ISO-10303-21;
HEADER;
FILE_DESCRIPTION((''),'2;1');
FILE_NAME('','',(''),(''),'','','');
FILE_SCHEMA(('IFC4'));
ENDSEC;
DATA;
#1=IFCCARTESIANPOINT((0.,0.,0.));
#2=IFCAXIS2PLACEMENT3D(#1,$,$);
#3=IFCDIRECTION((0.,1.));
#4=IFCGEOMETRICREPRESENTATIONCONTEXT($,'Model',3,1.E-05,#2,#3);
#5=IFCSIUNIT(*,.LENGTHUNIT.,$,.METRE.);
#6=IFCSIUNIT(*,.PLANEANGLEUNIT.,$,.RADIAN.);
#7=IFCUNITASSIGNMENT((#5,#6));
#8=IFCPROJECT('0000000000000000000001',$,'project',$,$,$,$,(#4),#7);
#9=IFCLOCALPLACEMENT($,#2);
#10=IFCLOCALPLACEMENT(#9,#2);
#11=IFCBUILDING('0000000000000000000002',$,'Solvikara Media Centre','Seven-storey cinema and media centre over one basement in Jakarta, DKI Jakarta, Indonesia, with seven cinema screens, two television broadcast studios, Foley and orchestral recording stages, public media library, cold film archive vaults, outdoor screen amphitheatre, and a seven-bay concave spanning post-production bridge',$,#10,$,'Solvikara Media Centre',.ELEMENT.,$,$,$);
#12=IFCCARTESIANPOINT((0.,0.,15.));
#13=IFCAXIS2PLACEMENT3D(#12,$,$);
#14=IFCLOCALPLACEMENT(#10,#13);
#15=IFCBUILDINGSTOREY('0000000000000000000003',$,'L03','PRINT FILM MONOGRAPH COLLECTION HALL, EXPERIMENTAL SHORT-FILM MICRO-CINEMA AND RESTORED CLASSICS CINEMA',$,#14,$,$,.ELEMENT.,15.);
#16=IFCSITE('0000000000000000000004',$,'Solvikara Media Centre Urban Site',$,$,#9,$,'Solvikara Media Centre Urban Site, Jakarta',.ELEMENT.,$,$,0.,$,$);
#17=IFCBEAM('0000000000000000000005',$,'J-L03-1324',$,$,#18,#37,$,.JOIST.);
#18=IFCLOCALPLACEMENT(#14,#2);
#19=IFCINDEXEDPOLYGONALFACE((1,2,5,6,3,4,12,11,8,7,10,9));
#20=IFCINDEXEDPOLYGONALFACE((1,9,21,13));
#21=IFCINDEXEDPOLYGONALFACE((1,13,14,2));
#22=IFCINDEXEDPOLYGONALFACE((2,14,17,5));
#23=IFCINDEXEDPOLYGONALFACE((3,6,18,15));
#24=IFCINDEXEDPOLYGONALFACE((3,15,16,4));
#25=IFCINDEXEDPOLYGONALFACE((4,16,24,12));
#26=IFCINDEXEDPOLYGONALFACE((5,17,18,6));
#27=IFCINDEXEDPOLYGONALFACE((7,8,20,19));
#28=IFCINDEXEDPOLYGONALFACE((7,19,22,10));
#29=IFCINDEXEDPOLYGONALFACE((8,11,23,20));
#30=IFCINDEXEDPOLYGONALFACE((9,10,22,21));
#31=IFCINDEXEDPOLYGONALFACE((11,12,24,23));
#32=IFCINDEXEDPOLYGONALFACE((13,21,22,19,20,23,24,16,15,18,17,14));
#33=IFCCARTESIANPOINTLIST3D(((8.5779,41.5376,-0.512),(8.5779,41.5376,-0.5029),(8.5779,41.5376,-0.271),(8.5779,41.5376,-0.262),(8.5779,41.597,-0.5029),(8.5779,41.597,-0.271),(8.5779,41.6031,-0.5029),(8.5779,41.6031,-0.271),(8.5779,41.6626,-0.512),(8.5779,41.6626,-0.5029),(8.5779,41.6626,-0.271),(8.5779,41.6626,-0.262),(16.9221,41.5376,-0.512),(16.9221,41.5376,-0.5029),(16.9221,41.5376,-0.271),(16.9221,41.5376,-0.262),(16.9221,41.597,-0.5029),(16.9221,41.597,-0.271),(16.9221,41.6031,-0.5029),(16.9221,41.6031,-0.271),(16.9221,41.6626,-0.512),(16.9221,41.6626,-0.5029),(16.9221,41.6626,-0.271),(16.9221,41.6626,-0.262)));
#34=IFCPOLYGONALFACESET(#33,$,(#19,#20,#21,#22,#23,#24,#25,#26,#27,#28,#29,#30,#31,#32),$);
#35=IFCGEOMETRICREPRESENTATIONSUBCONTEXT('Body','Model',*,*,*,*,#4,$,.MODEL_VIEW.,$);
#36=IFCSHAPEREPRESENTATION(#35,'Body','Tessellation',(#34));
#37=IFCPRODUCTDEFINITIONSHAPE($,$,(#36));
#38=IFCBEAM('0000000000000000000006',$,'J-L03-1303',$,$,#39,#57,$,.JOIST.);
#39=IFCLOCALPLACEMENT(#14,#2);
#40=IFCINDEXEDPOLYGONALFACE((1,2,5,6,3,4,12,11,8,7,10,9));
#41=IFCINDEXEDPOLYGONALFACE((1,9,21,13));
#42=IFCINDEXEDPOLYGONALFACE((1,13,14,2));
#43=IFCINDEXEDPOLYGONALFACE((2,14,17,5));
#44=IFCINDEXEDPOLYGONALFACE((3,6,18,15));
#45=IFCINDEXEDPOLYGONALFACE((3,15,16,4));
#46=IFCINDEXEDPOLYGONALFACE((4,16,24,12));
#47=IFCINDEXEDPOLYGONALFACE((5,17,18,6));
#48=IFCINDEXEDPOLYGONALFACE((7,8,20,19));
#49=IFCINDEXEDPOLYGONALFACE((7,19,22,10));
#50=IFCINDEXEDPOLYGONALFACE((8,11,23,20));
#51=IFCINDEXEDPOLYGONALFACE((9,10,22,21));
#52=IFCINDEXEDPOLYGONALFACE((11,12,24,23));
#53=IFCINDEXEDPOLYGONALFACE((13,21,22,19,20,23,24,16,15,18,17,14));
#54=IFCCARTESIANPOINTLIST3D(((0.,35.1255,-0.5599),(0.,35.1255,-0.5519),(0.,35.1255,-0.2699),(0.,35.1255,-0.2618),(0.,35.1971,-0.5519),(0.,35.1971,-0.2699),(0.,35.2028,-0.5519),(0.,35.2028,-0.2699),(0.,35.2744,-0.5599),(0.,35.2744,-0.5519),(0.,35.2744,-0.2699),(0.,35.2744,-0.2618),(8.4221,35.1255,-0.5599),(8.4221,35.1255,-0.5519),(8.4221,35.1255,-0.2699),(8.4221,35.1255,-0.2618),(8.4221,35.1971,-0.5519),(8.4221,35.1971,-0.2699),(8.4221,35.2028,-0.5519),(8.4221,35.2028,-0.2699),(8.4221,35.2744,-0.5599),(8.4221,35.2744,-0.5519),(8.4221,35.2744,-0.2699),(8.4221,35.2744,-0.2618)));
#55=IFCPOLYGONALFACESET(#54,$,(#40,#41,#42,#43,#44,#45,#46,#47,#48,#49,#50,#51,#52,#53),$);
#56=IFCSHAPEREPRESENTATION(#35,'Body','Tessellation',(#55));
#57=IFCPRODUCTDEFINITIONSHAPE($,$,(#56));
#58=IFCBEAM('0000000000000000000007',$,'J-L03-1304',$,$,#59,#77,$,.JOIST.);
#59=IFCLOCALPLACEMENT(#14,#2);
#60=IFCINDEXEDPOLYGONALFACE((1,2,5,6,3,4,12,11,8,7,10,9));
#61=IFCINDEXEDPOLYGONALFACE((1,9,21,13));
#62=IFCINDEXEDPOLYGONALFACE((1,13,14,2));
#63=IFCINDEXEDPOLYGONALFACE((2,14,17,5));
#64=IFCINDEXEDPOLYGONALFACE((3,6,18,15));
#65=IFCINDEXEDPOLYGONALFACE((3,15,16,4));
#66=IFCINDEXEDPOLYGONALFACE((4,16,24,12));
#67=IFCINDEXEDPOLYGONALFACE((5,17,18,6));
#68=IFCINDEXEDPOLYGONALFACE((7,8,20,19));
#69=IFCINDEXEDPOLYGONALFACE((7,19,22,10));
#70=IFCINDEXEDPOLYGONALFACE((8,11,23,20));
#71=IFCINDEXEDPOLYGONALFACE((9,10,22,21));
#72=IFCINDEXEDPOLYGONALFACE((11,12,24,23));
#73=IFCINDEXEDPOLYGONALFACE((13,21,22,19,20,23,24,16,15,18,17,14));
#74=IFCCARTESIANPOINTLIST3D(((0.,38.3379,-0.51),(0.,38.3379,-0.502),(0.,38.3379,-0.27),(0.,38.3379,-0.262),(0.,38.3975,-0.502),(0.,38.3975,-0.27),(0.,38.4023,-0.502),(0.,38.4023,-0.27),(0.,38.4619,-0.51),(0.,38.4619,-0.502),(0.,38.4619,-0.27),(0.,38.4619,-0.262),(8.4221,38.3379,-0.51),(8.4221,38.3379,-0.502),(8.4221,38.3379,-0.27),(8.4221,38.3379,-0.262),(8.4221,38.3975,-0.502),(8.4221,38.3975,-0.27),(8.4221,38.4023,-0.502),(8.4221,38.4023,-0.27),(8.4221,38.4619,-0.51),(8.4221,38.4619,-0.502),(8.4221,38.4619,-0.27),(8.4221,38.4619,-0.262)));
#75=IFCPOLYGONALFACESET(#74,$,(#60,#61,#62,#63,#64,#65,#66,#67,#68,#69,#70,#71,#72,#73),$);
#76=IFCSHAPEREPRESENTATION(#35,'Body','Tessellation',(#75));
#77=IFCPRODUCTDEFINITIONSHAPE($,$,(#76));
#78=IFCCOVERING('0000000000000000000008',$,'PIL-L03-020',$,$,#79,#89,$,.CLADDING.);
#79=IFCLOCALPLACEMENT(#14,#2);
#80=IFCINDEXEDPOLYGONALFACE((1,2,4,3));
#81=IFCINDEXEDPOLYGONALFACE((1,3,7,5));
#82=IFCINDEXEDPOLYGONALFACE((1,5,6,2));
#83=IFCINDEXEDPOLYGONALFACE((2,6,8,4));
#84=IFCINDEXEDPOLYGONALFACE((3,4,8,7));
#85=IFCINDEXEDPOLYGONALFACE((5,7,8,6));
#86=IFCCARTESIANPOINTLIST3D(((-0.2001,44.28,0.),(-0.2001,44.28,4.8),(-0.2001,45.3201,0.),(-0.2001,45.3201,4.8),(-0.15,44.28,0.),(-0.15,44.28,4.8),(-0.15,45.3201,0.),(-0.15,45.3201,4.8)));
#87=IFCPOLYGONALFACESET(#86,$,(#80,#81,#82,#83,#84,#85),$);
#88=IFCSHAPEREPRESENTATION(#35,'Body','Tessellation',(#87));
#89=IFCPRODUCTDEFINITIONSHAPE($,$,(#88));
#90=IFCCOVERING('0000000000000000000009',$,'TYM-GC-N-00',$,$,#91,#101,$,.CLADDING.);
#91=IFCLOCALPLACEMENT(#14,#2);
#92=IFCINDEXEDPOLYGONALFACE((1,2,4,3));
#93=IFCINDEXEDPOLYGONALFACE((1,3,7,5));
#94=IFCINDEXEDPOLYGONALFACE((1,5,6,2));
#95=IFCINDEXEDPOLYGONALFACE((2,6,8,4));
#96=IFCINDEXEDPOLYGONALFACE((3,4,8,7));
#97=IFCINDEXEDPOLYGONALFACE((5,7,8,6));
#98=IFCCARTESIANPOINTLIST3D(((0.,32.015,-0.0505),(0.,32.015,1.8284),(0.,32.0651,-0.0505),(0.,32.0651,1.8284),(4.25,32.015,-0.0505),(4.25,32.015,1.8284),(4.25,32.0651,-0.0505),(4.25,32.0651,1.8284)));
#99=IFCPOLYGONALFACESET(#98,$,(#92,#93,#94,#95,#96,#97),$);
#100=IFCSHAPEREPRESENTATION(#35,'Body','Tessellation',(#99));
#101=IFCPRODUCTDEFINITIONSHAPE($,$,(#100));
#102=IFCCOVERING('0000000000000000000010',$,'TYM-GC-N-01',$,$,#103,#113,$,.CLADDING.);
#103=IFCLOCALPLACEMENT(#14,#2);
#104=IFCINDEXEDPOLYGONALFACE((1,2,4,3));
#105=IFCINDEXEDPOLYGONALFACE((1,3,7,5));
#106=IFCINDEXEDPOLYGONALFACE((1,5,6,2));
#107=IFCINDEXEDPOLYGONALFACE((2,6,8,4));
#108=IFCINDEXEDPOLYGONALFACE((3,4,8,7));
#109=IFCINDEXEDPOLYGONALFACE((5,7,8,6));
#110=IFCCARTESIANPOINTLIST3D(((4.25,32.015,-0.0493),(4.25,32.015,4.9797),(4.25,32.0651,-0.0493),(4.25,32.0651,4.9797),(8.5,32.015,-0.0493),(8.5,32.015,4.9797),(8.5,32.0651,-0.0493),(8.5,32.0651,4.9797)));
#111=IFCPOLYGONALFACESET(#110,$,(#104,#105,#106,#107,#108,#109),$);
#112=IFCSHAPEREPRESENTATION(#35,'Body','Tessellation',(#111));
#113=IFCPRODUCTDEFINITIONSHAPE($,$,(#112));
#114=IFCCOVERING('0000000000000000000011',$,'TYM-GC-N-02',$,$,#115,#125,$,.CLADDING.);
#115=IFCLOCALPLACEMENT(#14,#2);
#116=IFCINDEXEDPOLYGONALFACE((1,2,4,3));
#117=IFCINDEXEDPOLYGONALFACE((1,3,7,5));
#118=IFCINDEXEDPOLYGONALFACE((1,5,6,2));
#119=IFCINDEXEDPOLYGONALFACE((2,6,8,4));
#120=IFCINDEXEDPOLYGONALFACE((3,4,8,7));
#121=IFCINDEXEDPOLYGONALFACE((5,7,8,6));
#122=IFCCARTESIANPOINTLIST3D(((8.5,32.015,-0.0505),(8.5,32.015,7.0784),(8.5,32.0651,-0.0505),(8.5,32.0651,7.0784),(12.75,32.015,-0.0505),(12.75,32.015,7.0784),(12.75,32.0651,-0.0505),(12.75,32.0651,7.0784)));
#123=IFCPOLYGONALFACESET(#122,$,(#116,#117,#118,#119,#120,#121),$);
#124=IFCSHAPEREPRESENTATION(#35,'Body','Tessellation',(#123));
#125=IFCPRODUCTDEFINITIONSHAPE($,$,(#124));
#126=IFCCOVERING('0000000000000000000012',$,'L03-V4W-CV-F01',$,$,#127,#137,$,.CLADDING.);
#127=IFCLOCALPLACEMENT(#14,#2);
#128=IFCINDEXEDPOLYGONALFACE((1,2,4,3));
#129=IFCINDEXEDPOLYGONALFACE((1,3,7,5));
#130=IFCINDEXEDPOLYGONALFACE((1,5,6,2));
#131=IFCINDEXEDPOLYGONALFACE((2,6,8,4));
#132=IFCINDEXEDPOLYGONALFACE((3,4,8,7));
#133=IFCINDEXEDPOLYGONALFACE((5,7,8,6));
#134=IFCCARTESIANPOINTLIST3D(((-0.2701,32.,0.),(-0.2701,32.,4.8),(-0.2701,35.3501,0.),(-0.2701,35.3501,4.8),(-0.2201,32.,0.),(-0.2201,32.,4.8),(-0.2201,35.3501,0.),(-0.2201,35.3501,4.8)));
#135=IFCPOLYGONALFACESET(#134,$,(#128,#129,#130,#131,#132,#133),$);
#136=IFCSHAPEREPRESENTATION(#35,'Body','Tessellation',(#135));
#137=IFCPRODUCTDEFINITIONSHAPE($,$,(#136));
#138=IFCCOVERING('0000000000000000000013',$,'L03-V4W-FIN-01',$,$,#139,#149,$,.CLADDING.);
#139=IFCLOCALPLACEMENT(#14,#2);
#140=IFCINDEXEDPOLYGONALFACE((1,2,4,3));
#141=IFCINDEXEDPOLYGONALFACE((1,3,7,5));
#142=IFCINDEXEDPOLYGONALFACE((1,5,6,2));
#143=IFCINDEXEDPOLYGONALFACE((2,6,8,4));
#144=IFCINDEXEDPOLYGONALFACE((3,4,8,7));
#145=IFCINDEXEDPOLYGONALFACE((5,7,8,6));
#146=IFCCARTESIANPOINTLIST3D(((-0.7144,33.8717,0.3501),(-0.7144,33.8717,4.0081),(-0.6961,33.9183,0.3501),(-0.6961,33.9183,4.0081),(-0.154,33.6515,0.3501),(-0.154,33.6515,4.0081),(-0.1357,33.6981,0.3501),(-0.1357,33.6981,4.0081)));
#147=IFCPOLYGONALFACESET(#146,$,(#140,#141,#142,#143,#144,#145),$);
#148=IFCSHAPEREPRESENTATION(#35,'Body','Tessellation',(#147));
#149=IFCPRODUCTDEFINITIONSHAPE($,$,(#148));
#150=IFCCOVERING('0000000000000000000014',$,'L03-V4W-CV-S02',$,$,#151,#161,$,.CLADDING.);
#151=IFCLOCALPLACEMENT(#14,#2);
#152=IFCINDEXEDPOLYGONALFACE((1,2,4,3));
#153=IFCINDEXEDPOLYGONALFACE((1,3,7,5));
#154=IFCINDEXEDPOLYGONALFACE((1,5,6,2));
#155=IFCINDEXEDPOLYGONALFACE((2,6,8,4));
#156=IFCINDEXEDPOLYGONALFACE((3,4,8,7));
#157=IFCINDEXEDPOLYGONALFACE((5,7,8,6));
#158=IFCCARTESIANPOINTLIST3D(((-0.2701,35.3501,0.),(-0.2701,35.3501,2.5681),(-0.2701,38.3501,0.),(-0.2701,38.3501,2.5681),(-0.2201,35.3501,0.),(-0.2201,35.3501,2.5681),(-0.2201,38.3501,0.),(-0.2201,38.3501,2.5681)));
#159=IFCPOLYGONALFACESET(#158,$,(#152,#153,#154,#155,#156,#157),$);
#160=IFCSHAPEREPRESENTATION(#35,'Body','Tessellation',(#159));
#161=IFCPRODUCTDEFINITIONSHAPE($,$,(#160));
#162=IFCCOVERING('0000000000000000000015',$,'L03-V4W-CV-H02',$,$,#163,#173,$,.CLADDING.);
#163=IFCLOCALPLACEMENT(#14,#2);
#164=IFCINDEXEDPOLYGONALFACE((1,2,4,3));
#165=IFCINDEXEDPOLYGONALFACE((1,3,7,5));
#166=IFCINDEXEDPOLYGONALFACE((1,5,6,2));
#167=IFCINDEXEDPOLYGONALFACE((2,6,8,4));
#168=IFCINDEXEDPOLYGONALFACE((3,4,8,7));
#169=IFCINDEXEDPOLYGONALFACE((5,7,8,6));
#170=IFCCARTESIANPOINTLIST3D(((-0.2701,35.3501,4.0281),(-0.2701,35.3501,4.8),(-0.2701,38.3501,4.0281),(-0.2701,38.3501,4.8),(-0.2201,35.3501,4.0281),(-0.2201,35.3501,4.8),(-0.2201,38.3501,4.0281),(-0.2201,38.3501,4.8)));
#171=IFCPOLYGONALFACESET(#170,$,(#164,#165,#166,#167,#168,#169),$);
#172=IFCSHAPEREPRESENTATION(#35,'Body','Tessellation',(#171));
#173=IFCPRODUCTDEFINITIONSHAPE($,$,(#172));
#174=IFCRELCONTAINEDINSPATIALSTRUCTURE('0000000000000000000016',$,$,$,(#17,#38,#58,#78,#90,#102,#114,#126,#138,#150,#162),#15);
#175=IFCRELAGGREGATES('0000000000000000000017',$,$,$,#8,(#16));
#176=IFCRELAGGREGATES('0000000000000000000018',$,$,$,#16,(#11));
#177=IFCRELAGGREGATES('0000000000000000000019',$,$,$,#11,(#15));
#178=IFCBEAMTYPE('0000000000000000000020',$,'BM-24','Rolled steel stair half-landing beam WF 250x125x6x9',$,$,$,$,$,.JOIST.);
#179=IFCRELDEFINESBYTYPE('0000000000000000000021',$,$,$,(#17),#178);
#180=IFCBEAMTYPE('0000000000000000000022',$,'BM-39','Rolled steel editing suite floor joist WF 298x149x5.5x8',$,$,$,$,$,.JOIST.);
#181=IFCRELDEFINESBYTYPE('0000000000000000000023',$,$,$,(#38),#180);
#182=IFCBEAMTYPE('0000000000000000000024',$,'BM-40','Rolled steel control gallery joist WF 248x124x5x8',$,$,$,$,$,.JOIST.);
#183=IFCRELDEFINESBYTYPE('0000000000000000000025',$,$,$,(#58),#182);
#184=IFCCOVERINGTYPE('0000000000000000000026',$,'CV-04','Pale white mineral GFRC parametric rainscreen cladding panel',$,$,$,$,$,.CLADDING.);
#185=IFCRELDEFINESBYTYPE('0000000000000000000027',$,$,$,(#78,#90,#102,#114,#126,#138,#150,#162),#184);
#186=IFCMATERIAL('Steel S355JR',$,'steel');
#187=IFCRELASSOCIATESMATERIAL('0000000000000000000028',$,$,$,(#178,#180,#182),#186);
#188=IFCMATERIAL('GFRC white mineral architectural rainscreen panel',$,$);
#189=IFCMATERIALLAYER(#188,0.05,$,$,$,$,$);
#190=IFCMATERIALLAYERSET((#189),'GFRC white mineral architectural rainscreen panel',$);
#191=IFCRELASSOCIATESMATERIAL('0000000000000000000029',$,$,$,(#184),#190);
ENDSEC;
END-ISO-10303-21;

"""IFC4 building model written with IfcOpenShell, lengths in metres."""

from ifc_helpers import new_model, si_unit, direction, frame, origin, origin_2d, place, context, subcontext, project, spatial, rectangle, i_section, extrude, material, layer, layer_set, material_profile, profile_set, type_object, element, save


model = new_model("IFC4")

# Units and contexts
model_context = context("Model", 3, precision=1e-05, world=origin(), true_north=direction((0.0, 1.0)))
body_context = subcontext(model_context, "Body", "Model", "MODEL_VIEW")
ifc_project = project(units=[si_unit("LENGTHUNIT", "METRE"), si_unit("PLANEANGLEUNIT", "RADIAN")], contexts=[model_context])

# Site, building, storey
site_placement = place(None, origin())
site = spatial("IfcSite", under=ifc_project, at=site_placement, Name="Solvikara Media Centre Urban Site", LongName="Solvikara Media Centre Urban Site, Jakarta", CompositionType="ELEMENT", RefElevation=0.0)
building_placement = place(site_placement, origin())
building = spatial("IfcBuilding", under=site, at=building_placement, Name="Solvikara Media Centre", Description="Seven-storey cinema and media centre over one basement in Jakarta, DKI Jakarta, Indonesia, with seven cinema screens, two television broadcast studios, Foley and orchestral recording stages, public media library, cold film archive vaults, outdoor screen amphitheatre, and a seven-bay concave spanning post-production bridge", LongName="Solvikara Media Centre", CompositionType="ELEMENT")
storey_placement = place(building_placement, frame((0.0, 0.0, 15.0)))
storey = spatial("IfcBuildingStorey", under=building, at=storey_placement, Name="L03", Description="PRINT FILM MONOGRAPH COLLECTION HALL, EXPERIMENTAL SHORT-FILM MICRO-CINEMA AND RESTORED CLASSICS CINEMA", CompositionType="ELEMENT", Elevation=15.0)

# Shared definitions
ifc_material_1 = material(Name="Steel S355JR", Category="steel")

# Beams
ifc_material_profile_1 = material_profile(ifc_material_1, i_section(OverallWidth=0.125, OverallDepth=0.25, WebThickness=0.0061, FlangeThickness=0.009, at=origin_2d()), Name="WF 250x125x6x9")
ifc_profile_set_1 = profile_set([ifc_material_profile_1], Name="Steel S355JR")
beam_type_1 = type_object("IfcBeamType", Name="BM-24", Description="Rolled steel stair half-landing beam WF 250x125x6x9", PredefinedType="JOIST", material=ifc_profile_set_1)
beam_1_placement = place(storey_placement, frame((8.5779, 41.6001, -0.387), z_axis=(1.0, 0.0, 0.0), x_axis=(0.0, 1.0, 0.0)))
element("IfcBeam", 1, at=beam_1_placement, inside=storey, type_object=beam_type_1, Name="J-L03-1324", PredefinedType="JOIST", context=body_context, shape_type="SweptSolid", body=[
    extrude(i_section(OverallWidth=0.125, OverallDepth=0.25, WebThickness=0.0061, FlangeThickness=0.009, at=origin_2d()), origin(), (0.0, 0.0, 1.0), 8.3442),
])
ifc_material_profile_2 = material_profile(ifc_material_1, i_section(OverallWidth=0.1489, OverallDepth=0.2981, WebThickness=0.0056, FlangeThickness=0.0081, at=origin_2d()), Name="WF 298x149x5.5x8")
ifc_profile_set_2 = profile_set([ifc_material_profile_2], Name="Steel S355JR")
beam_type_2 = type_object("IfcBeamType", Name="BM-39", Description="Rolled steel editing suite floor joist WF 298x149x5.5x8", PredefinedType="JOIST", material=ifc_profile_set_2)
beam_2_placement = place(storey_placement, frame((0.0, 35.2, -0.4109), z_axis=(1.0, 0.0, 0.0), x_axis=(0.0, 1.0, 0.0)))
element("IfcBeam", 2, at=beam_2_placement, inside=storey, type_object=beam_type_2, Name="J-L03-1303", PredefinedType="JOIST", context=body_context, shape_type="SweptSolid", body=[
    extrude(i_section(OverallWidth=0.1489, OverallDepth=0.2981, WebThickness=0.0056, FlangeThickness=0.0081, at=origin_2d()), origin(), (0.0, 0.0, 1.0), 8.4221),
])
ifc_material_profile_3 = material_profile(ifc_material_1, i_section(OverallWidth=0.124, OverallDepth=0.248, WebThickness=0.0049, FlangeThickness=0.0081, at=origin_2d()), Name="WF 248x124x5x8")
ifc_profile_set_3 = profile_set([ifc_material_profile_3], Name="Steel S355JR")
beam_type_3 = type_object("IfcBeamType", Name="BM-40", Description="Rolled steel control gallery joist WF 248x124x5x8", PredefinedType="JOIST", material=ifc_profile_set_3)
beam_3_placement = place(storey_placement, frame((0.0, 38.3999, -0.386), z_axis=(1.0, 0.0, 0.0), x_axis=(0.0, 1.0, 0.0)))
element("IfcBeam", 3, at=beam_3_placement, inside=storey, type_object=beam_type_3, Name="J-L03-1304", PredefinedType="JOIST", context=body_context, shape_type="SweptSolid", body=[
    extrude(i_section(OverallWidth=0.124, OverallDepth=0.248, WebThickness=0.0049, FlangeThickness=0.0081, at=origin_2d()), origin(), (0.0, 0.0, 1.0), 8.4221),
])

# Coverings
ifc_material_2 = material(Name="GFRC white mineral architectural rainscreen panel")
ifc_layer = layer(ifc_material_2, 0.05)
ifc_layer_set = layer_set([ifc_layer], Name="GFRC white mineral architectural rainscreen panel")
covering_type = type_object("IfcCoveringType", Name="CV-04", Description="Pale white mineral GFRC parametric rainscreen cladding panel", PredefinedType="CLADDING", material=ifc_layer_set)
covering_1_placement = place(storey_placement, frame((-0.175, 44.8, 0.0), z_axis=(0.0, 0.0, 1.0), x_axis=(0.0, -1.0, 0.0)))
element("IfcCovering", 4, at=covering_1_placement, inside=storey, type_object=covering_type, Name="PIL-L03-020", PredefinedType="CLADDING", context=body_context, shape_type="SweptSolid", body=[
    extrude(rectangle(XDim=1.04, YDim=0.05, at=origin_2d()), origin(), (0.0, 0.0, 1.0), 4.8),
])
covering_2_placement = place(storey_placement, frame((2.125, 32.04, -0.0505), z_axis=(0.0, 0.0, 1.0), x_axis=(1.0, 0.0, 0.0)))
element("IfcCovering", 5, at=covering_2_placement, inside=storey, type_object=covering_type, Name="TYM-GC-N-00", PredefinedType="CLADDING", context=body_context, shape_type="SweptSolid", body=[
    extrude(rectangle(XDim=4.25, YDim=0.05, at=origin_2d()), origin(), (0.0, 0.0, 1.0), 1.8789),
])
covering_3_placement = place(storey_placement, frame((6.375, 32.04, -0.0493), z_axis=(0.0, 0.0, 1.0), x_axis=(1.0, 0.0, 0.0)))
element("IfcCovering", 6, at=covering_3_placement, inside=storey, type_object=covering_type, Name="TYM-GC-N-01", PredefinedType="CLADDING", context=body_context, shape_type="SweptSolid", body=[
    extrude(rectangle(XDim=4.25, YDim=0.05, at=origin_2d()), origin(), (0.0, 0.0, 1.0), 5.0291),
])
covering_4_placement = place(storey_placement, frame((10.625, 32.04, -0.0505), z_axis=(0.0, 0.0, 1.0), x_axis=(1.0, 0.0, 0.0)))
element("IfcCovering", 7, at=covering_4_placement, inside=storey, type_object=covering_type, Name="TYM-GC-N-02", PredefinedType="CLADDING", context=body_context, shape_type="SweptSolid", body=[
    extrude(rectangle(XDim=4.25, YDim=0.05, at=origin_2d()), origin(), (0.0, 0.0, 1.0), 7.1289),
])
covering_5_placement = place(storey_placement, frame((-0.2451, 33.675, 0.0), z_axis=(0.0, 0.0, 1.0), x_axis=(0.0, 1.0, 0.0)))
element("IfcCovering", 8, at=covering_5_placement, inside=storey, type_object=covering_type, Name="L03-V4W-CV-F01", PredefinedType="CLADDING", context=body_context, shape_type="SweptSolid", body=[
    extrude(rectangle(XDim=3.3501, YDim=0.05, at=origin_2d()), origin(), (0.0, 0.0, 1.0), 4.8),
])
covering_6_placement = place(storey_placement, frame((-0.425, 33.7849, 0.3501), z_axis=(0.0, 0.0, 1.0), x_axis=(-0.93075, 0.365657, 0.0)))
element("IfcCovering", 9, at=covering_6_placement, inside=storey, type_object=covering_type, Name="L03-V4W-FIN-01", PredefinedType="CLADDING", context=body_context, shape_type="SweptSolid", body=[
    extrude(rectangle(XDim=0.6021, YDim=0.05, at=origin_2d()), origin(), (0.0, 0.0, 1.0), 3.658),
])
covering_7_placement = place(storey_placement, frame((-0.2451, 36.8501, 0.0), z_axis=(0.0, 0.0, 1.0), x_axis=(0.0, 1.0, 0.0)))
element("IfcCovering", 10, at=covering_7_placement, inside=storey, type_object=covering_type, Name="L03-V4W-CV-S02", PredefinedType="CLADDING", context=body_context, shape_type="SweptSolid", body=[
    extrude(rectangle(XDim=3.0, YDim=0.05, at=origin_2d()), origin(), (0.0, 0.0, 1.0), 2.5681),
])
covering_8_placement = place(storey_placement, frame((-0.2451, 36.8501, 4.0281), z_axis=(0.0, 0.0, 1.0), x_axis=(0.0, 1.0, 0.0)))
element("IfcCovering", 11, at=covering_8_placement, inside=storey, type_object=covering_type, Name="L03-V4W-CV-H02", PredefinedType="CLADDING", context=body_context, shape_type="SweptSolid", body=[
    extrude(rectangle(XDim=3.0, YDim=0.05, at=origin_2d()), origin(), (0.0, 0.0, 1.0), 0.772),
])

save(model, "model.ifc")
